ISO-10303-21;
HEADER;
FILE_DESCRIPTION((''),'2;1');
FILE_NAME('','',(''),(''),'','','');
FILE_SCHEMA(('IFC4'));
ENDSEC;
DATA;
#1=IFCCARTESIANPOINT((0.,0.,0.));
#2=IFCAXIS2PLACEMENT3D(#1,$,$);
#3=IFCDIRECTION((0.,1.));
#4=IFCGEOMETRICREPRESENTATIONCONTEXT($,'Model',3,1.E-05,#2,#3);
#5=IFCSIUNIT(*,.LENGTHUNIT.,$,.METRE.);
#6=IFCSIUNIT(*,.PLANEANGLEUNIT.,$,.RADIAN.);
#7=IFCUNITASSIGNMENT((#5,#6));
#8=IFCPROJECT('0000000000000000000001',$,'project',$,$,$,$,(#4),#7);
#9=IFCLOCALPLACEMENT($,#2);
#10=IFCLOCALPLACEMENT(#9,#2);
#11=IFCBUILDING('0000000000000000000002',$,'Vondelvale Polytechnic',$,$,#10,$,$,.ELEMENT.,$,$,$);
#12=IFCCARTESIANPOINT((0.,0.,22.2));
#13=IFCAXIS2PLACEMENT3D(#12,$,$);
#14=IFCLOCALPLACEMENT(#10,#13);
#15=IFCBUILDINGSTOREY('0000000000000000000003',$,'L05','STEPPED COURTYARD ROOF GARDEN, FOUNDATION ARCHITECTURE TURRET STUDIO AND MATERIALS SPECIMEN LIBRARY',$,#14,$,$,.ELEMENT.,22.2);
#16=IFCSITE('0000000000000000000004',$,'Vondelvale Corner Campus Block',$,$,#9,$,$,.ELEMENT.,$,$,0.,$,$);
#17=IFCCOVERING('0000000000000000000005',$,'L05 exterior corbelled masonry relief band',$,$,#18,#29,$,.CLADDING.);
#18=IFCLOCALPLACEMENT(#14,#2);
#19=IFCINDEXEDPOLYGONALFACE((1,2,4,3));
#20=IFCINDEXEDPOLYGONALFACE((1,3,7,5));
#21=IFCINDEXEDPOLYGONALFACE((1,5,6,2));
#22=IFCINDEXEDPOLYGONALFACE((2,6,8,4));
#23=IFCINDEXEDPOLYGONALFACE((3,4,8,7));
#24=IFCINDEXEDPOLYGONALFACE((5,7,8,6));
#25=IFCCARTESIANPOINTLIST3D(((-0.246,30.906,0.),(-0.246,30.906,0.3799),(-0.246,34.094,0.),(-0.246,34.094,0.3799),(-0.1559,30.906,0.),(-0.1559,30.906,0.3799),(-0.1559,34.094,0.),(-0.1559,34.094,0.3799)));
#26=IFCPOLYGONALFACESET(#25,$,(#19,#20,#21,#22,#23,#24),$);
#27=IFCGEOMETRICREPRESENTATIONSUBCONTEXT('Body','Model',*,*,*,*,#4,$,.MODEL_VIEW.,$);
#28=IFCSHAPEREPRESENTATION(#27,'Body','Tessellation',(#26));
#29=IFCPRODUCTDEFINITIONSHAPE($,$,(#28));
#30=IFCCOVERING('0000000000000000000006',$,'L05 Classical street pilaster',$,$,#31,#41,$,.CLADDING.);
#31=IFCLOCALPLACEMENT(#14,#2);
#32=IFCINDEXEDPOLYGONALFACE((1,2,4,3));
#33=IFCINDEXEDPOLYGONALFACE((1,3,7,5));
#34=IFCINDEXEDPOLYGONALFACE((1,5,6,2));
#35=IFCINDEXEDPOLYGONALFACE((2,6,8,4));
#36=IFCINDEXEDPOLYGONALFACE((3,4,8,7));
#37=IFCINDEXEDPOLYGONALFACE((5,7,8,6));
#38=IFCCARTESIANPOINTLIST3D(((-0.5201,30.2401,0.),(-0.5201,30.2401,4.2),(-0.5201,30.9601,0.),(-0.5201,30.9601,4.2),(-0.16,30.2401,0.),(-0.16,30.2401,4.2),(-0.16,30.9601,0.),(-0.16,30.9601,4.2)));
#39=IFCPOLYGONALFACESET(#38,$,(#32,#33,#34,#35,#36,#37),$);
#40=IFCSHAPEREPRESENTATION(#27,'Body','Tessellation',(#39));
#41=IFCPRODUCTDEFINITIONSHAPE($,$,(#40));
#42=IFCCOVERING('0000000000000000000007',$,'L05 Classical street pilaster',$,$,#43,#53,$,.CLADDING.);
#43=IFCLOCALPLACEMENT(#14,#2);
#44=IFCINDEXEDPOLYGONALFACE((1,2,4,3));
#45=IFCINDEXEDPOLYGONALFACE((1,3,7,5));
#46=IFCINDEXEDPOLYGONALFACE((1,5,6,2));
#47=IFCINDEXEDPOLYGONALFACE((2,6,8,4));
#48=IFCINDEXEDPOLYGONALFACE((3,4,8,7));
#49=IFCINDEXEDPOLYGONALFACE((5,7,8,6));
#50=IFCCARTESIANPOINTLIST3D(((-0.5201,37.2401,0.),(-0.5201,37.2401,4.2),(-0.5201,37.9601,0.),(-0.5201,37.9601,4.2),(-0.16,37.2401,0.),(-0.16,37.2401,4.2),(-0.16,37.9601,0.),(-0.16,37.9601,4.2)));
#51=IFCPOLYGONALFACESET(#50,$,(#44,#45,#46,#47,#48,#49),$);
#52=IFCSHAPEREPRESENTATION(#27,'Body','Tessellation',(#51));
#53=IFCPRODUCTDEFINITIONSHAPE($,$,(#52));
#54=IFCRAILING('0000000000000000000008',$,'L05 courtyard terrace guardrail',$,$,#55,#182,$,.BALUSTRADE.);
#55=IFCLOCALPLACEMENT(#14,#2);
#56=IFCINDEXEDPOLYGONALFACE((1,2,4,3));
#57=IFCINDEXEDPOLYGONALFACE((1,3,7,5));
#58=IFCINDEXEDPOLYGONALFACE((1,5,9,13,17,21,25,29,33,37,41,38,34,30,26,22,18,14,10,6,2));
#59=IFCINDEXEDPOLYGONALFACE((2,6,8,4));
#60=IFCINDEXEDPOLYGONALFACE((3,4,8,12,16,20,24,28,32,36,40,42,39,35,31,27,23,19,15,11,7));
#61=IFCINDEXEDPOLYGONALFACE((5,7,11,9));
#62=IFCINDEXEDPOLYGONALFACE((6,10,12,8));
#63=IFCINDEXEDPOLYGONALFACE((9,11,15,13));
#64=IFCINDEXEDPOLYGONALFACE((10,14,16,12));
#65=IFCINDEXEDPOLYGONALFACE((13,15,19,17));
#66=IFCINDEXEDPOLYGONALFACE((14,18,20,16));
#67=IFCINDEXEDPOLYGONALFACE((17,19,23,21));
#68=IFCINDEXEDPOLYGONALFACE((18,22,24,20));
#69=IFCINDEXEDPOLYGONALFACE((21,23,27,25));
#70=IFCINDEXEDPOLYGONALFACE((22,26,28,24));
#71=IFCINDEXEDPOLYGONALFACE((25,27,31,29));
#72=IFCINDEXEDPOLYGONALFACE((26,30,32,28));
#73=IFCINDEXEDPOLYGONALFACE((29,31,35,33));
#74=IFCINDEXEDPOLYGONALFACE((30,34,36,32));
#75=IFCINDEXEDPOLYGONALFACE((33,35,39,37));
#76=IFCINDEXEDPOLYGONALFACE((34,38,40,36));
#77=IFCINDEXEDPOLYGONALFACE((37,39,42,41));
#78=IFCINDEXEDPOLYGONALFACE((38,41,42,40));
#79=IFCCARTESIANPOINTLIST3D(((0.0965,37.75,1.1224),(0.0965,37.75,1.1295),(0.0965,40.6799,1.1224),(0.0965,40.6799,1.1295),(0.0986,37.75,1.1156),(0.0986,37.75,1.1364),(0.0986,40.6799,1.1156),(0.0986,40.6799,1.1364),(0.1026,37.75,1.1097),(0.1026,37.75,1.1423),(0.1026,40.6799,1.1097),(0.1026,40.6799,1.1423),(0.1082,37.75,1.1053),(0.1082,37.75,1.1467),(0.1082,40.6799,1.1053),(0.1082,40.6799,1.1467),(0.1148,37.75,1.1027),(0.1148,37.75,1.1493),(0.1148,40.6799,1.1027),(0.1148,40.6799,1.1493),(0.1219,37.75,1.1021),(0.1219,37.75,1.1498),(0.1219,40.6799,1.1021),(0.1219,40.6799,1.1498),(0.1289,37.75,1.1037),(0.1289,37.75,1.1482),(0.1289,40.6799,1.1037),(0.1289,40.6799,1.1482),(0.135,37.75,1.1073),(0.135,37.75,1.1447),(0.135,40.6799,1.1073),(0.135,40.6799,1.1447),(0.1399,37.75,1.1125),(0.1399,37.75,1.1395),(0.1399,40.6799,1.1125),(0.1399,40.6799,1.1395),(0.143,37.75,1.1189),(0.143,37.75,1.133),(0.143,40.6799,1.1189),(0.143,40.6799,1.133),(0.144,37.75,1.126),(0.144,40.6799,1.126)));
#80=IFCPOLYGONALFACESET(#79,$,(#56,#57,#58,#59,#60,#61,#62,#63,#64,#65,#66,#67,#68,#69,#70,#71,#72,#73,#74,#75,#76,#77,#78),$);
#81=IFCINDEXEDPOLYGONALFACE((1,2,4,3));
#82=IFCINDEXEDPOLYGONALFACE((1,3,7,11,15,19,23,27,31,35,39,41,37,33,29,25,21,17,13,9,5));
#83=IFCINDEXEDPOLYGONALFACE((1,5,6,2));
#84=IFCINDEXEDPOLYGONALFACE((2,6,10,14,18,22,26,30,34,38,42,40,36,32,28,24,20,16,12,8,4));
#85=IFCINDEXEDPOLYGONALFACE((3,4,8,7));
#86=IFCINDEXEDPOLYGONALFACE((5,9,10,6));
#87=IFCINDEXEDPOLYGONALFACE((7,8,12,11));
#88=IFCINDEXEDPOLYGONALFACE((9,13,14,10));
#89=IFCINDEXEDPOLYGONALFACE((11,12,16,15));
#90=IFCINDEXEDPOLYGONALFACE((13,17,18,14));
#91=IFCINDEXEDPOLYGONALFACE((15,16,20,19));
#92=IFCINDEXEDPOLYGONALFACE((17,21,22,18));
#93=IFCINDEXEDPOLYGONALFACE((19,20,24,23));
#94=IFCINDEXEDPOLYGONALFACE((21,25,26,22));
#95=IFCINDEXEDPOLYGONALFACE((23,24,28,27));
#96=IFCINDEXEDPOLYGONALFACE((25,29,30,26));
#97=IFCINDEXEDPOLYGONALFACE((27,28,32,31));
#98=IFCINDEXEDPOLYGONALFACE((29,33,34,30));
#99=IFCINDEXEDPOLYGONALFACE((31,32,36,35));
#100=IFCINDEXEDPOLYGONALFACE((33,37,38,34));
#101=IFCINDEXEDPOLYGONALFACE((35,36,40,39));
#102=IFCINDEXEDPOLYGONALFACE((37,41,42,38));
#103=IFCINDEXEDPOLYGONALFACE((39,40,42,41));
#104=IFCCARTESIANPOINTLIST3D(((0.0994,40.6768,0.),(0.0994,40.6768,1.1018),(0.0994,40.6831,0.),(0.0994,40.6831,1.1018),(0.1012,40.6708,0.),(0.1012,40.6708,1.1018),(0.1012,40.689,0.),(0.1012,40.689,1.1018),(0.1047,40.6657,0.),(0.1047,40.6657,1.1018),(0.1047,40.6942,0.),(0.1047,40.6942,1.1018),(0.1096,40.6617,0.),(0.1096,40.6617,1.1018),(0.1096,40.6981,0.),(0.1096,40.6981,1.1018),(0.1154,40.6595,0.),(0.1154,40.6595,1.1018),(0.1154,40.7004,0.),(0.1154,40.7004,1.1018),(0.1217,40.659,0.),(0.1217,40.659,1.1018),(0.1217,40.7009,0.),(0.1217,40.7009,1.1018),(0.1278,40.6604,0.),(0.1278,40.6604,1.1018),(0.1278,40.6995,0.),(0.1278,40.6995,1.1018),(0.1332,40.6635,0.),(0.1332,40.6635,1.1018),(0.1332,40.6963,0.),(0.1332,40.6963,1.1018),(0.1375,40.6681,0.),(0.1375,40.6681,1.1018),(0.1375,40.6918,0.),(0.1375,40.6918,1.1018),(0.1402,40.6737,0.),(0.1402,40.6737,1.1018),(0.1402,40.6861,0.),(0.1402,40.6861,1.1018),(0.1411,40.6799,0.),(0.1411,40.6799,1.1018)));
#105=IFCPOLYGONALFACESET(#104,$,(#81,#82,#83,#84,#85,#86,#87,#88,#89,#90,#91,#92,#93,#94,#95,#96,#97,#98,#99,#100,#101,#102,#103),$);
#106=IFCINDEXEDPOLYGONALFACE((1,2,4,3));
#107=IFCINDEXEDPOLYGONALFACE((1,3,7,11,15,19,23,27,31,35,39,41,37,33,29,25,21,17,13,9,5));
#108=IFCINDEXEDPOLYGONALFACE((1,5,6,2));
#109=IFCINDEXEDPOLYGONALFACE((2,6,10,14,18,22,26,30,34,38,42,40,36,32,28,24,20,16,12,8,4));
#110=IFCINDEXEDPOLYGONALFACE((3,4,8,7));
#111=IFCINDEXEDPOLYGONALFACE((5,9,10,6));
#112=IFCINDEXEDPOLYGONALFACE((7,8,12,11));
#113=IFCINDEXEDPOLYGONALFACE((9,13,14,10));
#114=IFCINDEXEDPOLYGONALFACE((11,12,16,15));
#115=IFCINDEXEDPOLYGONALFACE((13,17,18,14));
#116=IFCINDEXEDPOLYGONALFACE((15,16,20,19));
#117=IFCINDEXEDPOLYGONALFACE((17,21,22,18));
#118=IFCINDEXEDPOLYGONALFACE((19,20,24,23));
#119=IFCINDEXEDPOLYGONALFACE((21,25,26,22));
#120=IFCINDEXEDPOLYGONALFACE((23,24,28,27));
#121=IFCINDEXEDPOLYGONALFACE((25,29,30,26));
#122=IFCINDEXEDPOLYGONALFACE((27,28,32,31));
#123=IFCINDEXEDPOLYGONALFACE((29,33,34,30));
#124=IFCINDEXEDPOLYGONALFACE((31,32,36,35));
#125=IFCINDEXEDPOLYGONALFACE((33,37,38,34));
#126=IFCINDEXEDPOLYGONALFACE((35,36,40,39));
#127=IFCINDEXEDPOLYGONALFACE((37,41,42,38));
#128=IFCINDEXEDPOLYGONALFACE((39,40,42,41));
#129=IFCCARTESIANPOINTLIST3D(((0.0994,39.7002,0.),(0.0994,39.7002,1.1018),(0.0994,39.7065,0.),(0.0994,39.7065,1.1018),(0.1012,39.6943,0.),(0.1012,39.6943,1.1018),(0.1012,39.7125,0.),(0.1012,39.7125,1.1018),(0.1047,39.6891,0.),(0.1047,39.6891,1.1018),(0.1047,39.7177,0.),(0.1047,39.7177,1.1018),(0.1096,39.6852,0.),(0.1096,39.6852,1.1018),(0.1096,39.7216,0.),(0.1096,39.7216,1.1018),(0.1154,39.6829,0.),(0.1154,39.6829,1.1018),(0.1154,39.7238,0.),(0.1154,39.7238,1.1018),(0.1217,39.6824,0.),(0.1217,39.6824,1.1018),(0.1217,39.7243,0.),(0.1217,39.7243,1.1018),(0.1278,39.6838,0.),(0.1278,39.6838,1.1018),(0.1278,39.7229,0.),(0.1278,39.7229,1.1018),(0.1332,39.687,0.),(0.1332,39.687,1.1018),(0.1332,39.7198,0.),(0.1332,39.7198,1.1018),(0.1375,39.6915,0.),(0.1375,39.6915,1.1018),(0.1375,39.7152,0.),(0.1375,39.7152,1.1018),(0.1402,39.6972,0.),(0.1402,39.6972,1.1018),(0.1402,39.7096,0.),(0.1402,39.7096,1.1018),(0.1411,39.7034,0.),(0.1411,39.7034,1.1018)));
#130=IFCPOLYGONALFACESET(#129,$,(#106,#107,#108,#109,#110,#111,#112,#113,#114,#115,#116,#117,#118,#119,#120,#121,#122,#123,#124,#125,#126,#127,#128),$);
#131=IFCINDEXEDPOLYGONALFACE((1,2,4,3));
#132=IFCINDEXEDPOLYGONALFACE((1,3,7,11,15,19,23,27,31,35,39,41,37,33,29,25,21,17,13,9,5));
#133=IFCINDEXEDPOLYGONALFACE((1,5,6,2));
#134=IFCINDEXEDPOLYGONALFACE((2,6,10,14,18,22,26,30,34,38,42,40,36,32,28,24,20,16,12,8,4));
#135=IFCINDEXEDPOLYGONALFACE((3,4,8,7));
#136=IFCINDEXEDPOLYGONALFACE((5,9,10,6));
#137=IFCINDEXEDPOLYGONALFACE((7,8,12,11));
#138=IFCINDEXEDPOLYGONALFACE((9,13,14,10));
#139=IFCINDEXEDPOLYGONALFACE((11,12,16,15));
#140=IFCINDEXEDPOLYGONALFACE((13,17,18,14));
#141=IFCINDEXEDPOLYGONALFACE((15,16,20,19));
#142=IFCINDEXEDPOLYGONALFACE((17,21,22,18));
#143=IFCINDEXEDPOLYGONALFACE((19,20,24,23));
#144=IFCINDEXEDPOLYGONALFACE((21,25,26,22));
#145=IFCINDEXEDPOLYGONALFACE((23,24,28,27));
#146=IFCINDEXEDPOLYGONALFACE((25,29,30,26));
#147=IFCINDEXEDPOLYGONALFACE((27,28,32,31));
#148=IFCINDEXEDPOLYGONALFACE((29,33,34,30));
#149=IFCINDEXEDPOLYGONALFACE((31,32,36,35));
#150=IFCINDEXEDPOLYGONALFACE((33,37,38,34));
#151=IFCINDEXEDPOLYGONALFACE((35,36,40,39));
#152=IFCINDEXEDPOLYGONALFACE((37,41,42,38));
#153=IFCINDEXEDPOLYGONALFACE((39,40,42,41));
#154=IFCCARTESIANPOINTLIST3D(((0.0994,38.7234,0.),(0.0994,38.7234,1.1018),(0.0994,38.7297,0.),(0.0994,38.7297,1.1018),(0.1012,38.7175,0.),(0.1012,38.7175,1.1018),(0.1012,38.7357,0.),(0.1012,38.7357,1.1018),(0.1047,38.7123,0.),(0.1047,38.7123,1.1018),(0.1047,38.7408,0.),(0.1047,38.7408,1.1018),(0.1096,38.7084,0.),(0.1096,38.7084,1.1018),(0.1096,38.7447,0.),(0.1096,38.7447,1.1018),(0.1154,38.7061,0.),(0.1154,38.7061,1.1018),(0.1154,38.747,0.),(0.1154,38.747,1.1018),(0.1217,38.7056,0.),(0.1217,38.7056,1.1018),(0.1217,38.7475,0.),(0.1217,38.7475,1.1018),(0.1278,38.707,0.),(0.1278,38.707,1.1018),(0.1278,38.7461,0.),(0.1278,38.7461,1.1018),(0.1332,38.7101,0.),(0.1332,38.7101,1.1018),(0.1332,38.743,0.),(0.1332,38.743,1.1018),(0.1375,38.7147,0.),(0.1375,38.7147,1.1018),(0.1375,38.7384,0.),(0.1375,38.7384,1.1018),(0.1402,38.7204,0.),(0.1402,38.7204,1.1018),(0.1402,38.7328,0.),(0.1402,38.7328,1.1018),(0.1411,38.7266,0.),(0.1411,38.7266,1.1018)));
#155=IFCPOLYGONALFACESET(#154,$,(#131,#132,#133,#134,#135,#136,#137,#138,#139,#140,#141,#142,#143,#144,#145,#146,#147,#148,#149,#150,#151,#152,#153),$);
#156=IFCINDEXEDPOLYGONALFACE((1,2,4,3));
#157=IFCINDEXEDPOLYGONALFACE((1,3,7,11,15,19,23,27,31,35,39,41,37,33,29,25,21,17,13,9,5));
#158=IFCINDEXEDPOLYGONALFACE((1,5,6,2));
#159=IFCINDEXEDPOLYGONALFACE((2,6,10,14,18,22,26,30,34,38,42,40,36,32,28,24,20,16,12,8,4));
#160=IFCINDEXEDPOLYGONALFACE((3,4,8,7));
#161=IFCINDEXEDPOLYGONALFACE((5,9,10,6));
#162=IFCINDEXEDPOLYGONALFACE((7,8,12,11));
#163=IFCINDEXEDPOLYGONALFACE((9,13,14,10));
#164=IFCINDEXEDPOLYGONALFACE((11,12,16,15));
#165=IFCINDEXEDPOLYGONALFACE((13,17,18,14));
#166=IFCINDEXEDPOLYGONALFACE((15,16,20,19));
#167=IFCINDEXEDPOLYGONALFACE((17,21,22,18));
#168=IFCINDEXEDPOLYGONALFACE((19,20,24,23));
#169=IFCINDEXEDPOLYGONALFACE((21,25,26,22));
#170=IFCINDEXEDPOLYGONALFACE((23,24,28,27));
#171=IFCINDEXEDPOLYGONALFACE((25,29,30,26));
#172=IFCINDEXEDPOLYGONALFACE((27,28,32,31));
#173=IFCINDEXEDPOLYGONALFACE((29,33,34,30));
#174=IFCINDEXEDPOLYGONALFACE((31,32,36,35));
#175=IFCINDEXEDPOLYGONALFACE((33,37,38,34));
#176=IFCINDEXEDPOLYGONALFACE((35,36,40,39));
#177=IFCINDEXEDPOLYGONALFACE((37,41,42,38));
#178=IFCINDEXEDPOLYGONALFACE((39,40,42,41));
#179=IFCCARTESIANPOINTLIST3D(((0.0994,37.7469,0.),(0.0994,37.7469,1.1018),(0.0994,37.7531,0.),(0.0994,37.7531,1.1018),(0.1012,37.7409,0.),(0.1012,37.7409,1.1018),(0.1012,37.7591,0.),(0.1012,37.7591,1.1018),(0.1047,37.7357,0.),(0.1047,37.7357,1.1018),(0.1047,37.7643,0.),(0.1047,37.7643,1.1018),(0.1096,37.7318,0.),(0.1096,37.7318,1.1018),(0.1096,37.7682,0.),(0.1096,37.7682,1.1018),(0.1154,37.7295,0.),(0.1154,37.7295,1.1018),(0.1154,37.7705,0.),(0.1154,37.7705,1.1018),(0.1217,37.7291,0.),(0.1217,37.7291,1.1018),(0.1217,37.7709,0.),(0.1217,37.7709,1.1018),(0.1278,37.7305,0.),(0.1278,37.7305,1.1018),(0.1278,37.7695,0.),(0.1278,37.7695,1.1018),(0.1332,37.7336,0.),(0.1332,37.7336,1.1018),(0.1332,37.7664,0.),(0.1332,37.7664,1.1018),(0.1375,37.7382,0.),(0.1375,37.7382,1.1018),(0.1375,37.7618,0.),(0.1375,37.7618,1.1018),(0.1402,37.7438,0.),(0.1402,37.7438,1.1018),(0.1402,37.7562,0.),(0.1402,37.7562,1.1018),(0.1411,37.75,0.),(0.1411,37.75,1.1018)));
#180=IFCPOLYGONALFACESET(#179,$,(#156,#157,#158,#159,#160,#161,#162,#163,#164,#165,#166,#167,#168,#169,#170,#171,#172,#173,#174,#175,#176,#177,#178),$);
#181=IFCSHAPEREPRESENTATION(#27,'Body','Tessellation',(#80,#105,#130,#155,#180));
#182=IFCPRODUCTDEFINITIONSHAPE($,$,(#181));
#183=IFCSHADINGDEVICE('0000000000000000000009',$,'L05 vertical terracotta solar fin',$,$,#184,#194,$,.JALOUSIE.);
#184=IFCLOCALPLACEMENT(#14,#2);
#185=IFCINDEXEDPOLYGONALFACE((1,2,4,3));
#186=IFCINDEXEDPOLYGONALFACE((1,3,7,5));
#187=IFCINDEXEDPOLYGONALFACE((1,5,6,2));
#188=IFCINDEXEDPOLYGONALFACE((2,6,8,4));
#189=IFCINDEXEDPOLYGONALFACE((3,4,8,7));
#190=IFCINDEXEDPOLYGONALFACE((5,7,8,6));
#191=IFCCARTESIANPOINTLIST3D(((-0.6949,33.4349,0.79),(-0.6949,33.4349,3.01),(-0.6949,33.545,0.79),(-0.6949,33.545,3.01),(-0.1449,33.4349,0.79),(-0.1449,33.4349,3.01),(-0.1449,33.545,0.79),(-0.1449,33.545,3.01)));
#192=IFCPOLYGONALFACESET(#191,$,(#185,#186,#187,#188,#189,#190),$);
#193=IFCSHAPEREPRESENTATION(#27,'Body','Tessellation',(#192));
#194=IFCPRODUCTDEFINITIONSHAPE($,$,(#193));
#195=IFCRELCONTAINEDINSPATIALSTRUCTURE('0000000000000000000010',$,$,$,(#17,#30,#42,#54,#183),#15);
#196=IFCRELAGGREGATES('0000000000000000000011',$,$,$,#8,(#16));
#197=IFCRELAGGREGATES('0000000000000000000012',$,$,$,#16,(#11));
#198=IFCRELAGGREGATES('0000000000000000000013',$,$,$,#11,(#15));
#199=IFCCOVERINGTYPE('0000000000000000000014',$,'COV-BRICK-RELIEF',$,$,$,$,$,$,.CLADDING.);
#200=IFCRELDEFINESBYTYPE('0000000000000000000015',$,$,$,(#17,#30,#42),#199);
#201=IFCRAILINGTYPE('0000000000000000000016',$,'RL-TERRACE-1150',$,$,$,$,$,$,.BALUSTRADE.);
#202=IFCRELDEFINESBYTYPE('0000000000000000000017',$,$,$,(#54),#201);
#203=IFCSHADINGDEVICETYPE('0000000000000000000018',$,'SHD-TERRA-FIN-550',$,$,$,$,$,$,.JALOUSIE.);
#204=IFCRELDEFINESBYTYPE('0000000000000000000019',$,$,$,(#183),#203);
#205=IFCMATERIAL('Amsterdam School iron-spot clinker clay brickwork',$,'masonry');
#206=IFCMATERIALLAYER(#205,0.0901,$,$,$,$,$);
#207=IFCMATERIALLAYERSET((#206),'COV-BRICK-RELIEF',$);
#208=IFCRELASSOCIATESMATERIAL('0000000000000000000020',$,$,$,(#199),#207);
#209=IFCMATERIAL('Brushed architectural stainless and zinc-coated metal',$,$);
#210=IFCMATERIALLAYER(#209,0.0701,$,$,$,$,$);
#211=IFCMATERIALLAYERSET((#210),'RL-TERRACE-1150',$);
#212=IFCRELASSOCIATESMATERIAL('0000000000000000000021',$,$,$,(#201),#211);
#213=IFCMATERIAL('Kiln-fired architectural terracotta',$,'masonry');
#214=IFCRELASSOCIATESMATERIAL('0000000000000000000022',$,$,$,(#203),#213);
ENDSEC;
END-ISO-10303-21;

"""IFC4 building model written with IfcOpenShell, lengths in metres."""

from ifc_helpers import new_model, si_unit, direction, frame, origin, origin_2d, place, context, subcontext, project, spatial, rectangle, circle, extrude, material, layer, layer_set, type_object, element, save


model = new_model("IFC4")

# Units and contexts
model_context = context("Model", 3, precision=1e-05, world=origin(), true_north=direction((0.0, 1.0)))
body_context = subcontext(model_context, "Body", "Model", "MODEL_VIEW")
ifc_project = project(units=[si_unit("LENGTHUNIT", "METRE"), si_unit("PLANEANGLEUNIT", "RADIAN")], contexts=[model_context])

# Site, building, storey
site_placement = place(None, origin())
site = spatial("IfcSite", under=ifc_project, at=site_placement, Name="Vondelvale Corner Campus Block", CompositionType="ELEMENT", RefElevation=0.0)
building_placement = place(site_placement, origin())
building = spatial("IfcBuilding", under=site, at=building_placement, Name="Vondelvale Polytechnic", CompositionType="ELEMENT")
storey_placement = place(building_placement, frame((0.0, 0.0, 22.2)))
storey = spatial("IfcBuildingStorey", under=building, at=storey_placement, Name="L05", Description="STEPPED COURTYARD ROOF GARDEN, FOUNDATION ARCHITECTURE TURRET STUDIO AND MATERIALS SPECIMEN LIBRARY", CompositionType="ELEMENT", Elevation=22.2)

# Shared definitions
ifc_material_1 = material(Name="Amsterdam School iron-spot clinker clay brickwork", Category="masonry")

# Coverings
ifc_layer_1 = layer(ifc_material_1, 0.0901)
ifc_layer_set_1 = layer_set([ifc_layer_1], Name="COV-BRICK-RELIEF")
covering_type = type_object("IfcCoveringType", Name="COV-BRICK-RELIEF", PredefinedType="CLADDING", material=ifc_layer_set_1)
covering_placement = place(storey_placement, frame((-0.2009, 32.5, 0.0), z_axis=(0.0, 0.0, 1.0), x_axis=(0.0, 1.0, 0.0)))
element("IfcCovering", 1, at=covering_placement, inside=storey, type_object=covering_type, Name="L05 exterior corbelled masonry relief band", PredefinedType="CLADDING", context=body_context, shape_type="SweptSolid", body=[
    extrude(rectangle(XDim=3.188, YDim=0.0901, at=origin_2d()), origin(), (0.0, 0.0, 1.0), 0.3799),
])
for number, where, z_axis, x_axis, name in (
    (2, (-0.3401, 30.6001, 0.0), (0.0, 0.0, 1.0), (1.0, 0.0, 0.0), "L05 Classical street pilaster"),
    (3, (-0.3401, 37.6001, 0.0), (0.0, 0.0, 1.0), (1.0, 0.0, 0.0), "L05 Classical street pilaster"),
):
    element("IfcCovering", number, at=place(storey_placement, frame(where, z_axis=z_axis, x_axis=x_axis)), inside=storey, type_object=covering_type, Name=name, PredefinedType="CLADDING", context=body_context, shape_type="SweptSolid", body=[
        extrude(rectangle(XDim=0.3601, YDim=0.72, at=origin_2d()), origin(), (0.0, 0.0, 1.0), 4.2),
    ])

# Railing
ifc_material_2 = material(Name="Brushed architectural stainless and zinc-coated metal")
ifc_layer_2 = layer(ifc_material_2, 0.0701)
ifc_layer_set_2 = layer_set([ifc_layer_2], Name="RL-TERRACE-1150")
railing_type = type_object("IfcRailingType", Name="RL-TERRACE-1150", PredefinedType="BALUSTRADE", material=ifc_layer_set_2)
railing_placement = place(storey_placement, frame((0.1201, 40.6799, 0.0)))
element("IfcRailing", 4, at=railing_placement, inside=storey, type_object=railing_type, Name="L05 courtyard terrace guardrail", PredefinedType="BALUSTRADE", context=body_context, shape_type="SweptSolid", body=[
    extrude(circle(Radius=0.0239, at=origin_2d()), frame((0.0, 0.0, 1.126), z_axis=(0.0, -1.0, 0.0), x_axis=(1.0, 0.0, 0.0)), (0.0, 0.0, 1.0), 2.9299),
    extrude(circle(Radius=0.021, at=origin_2d()), origin(), (0.0, 0.0, 1.0), 1.1018),
    extrude(circle(Radius=0.021, at=origin_2d()), frame((0.0, -0.9766, 0.0)), (0.0, 0.0, 1.0), 1.1018),
    extrude(circle(Radius=0.021, at=origin_2d()), frame((0.0, -1.9534, 0.0)), (0.0, 0.0, 1.0), 1.1018),
    extrude(circle(Radius=0.021, at=origin_2d()), frame((0.0, -2.9299, 0.0)), (0.0, 0.0, 1.0), 1.1018),
])

# Shading device
ifc_material_3 = material(Name="Kiln-fired architectural terracotta", Category="masonry")
shading_device_type = type_object("IfcShadingDeviceType", Name="SHD-TERRA-FIN-550", PredefinedType="JALOUSIE", material=ifc_material_3)
shading_device_placement = place(storey_placement, frame((-0.4199, 33.49, 0.79), z_axis=(0.0, 0.0, 1.0), x_axis=(0.0, 1.0, 0.0)))
element("IfcShadingDevice", 5, at=shading_device_placement, inside=storey, type_object=shading_device_type, Name="L05 vertical terracotta solar fin", PredefinedType="JALOUSIE", context=body_context, shape_type="SweptSolid", body=[
    extrude(rectangle(XDim=0.1101, YDim=0.55, at=origin_2d()), origin(), (0.0, 0.0, 1.0), 2.22),
])

save(model, "model.ifc")
